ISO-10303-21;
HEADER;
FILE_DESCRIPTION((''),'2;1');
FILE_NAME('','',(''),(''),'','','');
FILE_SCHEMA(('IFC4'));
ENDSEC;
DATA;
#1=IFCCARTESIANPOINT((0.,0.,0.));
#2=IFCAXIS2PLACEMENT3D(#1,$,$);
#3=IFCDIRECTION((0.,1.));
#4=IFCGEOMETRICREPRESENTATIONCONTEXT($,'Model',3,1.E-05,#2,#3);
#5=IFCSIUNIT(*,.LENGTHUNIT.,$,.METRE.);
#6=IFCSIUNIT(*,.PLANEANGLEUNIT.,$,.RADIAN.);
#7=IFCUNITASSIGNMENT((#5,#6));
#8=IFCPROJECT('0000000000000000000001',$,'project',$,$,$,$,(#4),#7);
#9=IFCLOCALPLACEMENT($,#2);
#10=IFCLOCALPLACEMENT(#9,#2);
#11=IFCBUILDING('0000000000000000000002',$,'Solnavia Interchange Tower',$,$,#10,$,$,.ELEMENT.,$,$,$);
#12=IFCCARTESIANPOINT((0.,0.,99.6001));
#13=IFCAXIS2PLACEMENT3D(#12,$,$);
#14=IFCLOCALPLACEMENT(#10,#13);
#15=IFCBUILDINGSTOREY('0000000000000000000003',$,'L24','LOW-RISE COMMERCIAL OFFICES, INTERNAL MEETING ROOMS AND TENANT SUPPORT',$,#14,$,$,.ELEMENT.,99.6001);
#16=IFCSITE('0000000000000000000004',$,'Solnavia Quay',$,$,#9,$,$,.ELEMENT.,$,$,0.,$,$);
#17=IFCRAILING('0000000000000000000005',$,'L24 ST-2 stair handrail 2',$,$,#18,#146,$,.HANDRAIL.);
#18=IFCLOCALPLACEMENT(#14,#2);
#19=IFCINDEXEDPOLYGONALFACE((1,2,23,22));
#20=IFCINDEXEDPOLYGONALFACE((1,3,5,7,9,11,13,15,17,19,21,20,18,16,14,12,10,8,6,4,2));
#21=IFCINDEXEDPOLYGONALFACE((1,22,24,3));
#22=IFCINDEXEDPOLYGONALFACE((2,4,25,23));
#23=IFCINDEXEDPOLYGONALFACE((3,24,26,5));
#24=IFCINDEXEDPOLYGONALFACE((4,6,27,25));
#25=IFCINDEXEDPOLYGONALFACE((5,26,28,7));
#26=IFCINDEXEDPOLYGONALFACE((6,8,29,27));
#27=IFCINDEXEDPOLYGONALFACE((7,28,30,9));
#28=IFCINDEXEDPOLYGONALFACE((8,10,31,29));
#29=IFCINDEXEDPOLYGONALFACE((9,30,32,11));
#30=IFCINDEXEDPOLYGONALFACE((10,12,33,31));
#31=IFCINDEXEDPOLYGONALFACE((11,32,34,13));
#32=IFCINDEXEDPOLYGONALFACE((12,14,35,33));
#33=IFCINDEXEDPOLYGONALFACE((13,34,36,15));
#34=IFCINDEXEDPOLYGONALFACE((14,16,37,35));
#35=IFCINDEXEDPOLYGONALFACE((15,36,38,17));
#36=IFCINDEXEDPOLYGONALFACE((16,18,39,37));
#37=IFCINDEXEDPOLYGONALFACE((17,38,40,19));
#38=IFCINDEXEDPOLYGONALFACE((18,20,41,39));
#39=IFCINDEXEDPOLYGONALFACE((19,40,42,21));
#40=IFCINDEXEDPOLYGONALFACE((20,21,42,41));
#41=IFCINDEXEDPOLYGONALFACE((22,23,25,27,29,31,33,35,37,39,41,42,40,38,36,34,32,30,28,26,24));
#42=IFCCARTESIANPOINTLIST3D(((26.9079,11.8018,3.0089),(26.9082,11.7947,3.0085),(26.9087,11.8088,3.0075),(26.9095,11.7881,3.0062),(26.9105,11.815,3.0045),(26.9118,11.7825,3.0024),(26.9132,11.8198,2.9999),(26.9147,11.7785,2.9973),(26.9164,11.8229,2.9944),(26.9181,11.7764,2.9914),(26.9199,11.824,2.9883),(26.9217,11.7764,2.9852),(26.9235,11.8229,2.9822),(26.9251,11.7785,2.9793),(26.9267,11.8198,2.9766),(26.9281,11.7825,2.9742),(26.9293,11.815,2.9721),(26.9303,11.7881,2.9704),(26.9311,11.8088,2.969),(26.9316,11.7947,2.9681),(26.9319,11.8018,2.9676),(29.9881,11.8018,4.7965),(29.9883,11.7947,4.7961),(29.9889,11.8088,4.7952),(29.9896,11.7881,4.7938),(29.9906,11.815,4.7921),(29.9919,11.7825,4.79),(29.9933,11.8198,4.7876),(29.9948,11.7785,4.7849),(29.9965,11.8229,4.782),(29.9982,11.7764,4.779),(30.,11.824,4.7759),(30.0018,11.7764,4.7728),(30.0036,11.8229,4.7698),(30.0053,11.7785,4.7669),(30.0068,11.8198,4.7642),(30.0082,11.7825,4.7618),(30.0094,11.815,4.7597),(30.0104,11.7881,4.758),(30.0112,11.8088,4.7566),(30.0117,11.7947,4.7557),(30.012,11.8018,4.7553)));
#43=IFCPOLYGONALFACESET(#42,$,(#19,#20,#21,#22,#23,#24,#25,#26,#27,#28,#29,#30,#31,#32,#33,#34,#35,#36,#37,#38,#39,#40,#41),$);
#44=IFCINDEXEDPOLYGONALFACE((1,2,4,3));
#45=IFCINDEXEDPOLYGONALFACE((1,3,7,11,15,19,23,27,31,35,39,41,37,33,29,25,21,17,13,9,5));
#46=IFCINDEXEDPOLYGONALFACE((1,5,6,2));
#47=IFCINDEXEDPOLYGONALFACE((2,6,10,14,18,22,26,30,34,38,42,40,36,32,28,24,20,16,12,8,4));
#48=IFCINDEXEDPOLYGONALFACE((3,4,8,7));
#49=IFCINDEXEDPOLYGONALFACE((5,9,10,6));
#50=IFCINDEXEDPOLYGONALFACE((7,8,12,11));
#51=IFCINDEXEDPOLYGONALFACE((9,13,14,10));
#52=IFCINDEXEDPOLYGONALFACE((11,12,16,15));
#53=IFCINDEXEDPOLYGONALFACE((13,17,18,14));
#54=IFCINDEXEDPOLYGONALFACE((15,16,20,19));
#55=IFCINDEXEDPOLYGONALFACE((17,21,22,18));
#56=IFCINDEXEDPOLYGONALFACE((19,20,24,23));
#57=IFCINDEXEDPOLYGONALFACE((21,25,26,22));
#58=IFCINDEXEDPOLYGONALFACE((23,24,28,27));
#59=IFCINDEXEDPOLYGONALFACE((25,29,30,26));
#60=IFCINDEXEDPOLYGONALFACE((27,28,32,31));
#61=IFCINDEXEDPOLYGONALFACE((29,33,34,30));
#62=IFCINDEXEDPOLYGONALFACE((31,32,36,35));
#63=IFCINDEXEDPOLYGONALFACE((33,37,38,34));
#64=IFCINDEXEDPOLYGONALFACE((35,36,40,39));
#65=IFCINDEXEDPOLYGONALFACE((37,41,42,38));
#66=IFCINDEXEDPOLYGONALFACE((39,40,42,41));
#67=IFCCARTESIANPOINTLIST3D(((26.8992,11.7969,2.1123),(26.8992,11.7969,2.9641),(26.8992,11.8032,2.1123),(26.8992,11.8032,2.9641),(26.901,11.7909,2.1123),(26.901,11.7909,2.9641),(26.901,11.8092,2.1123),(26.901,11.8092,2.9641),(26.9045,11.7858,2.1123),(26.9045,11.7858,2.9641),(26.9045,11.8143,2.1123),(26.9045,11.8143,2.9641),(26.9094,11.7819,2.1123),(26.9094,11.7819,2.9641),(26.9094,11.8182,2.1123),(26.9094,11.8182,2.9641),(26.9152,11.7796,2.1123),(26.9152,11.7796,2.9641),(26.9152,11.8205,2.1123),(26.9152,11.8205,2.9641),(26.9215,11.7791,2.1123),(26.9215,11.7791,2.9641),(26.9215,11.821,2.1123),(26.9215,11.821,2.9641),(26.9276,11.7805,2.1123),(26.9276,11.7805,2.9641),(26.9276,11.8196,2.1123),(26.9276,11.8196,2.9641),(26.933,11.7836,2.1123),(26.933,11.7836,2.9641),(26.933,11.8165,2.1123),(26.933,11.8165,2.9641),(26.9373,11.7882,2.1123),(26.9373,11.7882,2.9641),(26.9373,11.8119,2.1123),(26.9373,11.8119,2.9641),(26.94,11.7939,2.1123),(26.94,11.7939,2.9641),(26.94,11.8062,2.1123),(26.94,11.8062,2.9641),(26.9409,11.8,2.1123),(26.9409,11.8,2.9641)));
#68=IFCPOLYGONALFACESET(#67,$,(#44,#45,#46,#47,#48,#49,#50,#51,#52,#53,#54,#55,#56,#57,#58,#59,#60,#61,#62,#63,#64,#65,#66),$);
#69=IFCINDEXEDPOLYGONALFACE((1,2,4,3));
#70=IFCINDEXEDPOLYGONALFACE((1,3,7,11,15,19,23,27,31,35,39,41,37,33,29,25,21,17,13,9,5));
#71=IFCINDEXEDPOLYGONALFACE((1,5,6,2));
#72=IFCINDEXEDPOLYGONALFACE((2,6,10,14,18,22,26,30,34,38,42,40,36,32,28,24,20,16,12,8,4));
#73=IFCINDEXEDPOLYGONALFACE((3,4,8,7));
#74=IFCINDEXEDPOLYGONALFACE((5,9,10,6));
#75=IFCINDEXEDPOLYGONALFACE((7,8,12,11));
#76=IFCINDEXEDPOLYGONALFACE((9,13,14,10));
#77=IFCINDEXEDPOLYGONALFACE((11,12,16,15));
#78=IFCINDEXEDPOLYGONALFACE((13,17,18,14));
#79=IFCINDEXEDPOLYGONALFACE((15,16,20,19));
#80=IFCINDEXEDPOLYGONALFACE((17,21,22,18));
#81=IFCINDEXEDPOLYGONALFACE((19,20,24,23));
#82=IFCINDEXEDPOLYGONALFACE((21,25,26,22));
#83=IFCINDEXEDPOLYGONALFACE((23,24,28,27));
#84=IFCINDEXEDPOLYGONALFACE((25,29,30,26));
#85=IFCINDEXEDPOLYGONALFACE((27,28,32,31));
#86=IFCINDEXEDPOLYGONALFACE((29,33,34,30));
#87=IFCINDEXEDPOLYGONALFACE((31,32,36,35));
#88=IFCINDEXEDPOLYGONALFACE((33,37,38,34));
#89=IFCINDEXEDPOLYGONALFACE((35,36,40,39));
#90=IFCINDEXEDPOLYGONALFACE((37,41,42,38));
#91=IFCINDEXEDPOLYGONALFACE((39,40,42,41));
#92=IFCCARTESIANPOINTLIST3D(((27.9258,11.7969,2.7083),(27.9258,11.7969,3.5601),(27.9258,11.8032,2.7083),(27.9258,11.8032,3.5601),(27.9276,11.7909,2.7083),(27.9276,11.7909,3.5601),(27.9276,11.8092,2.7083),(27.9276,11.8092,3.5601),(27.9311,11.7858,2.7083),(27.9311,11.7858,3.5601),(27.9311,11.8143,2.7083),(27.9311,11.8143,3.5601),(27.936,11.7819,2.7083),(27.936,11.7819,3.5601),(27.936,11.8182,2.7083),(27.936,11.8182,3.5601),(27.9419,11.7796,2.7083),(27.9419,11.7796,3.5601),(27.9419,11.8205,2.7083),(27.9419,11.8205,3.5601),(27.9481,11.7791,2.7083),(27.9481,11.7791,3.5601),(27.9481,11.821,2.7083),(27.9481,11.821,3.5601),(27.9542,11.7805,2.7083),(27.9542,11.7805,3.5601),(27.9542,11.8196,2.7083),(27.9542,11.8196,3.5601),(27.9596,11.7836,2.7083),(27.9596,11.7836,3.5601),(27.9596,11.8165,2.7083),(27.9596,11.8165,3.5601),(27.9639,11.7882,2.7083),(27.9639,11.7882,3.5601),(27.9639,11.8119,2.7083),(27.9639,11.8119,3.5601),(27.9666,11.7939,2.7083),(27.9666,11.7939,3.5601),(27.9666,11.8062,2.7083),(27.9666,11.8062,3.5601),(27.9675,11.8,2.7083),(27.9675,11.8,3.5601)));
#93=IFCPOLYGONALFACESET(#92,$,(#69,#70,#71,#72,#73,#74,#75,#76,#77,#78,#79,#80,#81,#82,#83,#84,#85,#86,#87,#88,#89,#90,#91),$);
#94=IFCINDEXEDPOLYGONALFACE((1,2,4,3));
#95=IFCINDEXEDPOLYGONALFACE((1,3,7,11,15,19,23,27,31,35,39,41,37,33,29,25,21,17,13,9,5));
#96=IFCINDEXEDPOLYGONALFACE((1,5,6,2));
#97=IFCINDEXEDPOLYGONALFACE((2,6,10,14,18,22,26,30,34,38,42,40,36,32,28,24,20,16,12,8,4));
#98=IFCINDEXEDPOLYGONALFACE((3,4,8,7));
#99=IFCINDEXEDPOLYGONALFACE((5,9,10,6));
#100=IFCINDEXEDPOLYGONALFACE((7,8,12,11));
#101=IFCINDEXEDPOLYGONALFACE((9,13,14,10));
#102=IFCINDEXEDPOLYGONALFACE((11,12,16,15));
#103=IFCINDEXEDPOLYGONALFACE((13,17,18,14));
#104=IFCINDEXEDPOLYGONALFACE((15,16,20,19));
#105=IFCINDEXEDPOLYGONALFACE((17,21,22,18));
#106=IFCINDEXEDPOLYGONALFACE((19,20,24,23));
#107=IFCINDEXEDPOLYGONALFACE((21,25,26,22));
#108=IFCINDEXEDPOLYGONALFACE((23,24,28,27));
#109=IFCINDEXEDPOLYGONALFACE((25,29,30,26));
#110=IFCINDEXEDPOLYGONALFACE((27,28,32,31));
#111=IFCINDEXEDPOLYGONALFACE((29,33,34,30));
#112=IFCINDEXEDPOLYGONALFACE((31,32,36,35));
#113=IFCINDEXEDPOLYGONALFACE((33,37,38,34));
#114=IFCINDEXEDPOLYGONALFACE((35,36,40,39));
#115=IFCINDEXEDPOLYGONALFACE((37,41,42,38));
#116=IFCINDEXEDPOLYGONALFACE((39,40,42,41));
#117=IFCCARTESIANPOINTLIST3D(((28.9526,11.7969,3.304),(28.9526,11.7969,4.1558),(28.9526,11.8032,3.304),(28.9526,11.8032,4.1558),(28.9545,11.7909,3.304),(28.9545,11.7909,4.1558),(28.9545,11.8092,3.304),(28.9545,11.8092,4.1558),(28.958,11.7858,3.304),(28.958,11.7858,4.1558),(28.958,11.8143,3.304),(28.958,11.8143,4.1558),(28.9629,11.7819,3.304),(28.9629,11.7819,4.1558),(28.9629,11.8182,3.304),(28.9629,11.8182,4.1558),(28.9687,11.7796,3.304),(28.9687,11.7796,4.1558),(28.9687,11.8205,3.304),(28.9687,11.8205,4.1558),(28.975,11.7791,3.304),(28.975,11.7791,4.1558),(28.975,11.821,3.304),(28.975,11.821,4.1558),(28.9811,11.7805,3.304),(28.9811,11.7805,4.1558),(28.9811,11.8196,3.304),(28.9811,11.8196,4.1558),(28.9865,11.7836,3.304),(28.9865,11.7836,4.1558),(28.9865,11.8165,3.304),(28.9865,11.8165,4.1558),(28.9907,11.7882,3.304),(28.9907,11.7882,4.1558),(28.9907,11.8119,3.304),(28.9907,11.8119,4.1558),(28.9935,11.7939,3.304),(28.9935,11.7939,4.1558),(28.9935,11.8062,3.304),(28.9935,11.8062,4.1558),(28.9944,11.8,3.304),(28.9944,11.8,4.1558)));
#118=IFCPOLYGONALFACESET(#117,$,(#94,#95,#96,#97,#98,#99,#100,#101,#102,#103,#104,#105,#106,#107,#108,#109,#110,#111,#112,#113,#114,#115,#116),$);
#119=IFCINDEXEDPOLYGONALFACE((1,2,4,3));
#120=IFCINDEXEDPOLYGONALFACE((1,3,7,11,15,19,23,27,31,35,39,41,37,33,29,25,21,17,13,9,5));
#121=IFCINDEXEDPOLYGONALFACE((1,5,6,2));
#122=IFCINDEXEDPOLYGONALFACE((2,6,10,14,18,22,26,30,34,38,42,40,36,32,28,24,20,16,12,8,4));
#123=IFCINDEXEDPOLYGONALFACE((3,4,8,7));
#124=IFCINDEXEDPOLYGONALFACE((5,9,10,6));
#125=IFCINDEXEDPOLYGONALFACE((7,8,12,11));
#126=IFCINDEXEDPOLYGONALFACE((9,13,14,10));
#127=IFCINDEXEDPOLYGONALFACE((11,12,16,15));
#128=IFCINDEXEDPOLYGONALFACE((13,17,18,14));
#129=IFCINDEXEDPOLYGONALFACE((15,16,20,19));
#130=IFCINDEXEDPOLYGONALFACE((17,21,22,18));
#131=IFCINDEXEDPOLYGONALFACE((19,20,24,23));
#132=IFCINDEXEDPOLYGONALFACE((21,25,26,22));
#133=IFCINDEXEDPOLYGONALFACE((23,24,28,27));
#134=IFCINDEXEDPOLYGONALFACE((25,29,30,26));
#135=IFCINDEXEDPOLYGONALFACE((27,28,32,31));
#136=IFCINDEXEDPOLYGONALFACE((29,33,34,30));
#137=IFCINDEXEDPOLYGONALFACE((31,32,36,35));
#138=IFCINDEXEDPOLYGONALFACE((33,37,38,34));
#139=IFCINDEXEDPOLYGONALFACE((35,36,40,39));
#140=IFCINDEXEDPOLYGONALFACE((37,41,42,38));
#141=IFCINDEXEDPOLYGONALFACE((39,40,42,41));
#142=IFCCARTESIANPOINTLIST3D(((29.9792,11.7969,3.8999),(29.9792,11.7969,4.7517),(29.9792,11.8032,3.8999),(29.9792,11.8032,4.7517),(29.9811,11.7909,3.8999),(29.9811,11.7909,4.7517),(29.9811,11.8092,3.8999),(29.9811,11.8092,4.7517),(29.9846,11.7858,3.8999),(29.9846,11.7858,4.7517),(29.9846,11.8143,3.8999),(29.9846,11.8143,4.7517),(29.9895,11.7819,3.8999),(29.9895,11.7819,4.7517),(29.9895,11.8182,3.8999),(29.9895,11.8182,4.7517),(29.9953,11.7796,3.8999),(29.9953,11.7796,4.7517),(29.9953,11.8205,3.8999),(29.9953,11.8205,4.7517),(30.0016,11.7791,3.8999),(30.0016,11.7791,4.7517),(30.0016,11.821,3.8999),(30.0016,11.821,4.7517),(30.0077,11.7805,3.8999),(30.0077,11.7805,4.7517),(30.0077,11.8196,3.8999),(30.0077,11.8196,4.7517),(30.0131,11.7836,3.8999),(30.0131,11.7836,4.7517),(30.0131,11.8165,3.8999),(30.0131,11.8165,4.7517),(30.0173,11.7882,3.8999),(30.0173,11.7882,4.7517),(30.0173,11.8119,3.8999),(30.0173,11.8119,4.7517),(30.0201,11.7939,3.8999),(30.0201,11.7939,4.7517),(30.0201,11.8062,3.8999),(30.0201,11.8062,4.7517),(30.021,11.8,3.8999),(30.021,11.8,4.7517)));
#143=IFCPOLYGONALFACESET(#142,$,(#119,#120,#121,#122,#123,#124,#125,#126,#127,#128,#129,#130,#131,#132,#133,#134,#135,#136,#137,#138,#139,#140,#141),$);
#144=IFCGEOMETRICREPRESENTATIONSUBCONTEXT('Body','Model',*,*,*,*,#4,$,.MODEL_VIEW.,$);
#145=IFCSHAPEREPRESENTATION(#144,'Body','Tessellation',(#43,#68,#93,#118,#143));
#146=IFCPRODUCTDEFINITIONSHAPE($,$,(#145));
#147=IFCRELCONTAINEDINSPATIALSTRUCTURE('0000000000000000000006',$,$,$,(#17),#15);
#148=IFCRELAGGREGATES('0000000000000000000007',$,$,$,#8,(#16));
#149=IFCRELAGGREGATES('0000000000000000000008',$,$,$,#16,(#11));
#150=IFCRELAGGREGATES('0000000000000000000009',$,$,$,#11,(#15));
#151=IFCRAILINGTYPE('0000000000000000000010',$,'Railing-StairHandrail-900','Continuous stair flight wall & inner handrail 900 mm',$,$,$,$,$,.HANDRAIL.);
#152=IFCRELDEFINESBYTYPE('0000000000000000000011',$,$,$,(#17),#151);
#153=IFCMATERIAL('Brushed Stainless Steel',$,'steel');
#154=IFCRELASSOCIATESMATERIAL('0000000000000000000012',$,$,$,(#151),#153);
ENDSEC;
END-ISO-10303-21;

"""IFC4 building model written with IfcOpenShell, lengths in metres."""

from ifc_helpers import new_model, si_unit, direction, frame, origin, origin_2d, place, context, subcontext, project, spatial, circle, extrude, material, type_object, element, save


model = new_model("IFC4")

# Units and contexts
model_context = context("Model", 3, precision=1e-05, world=origin(), true_north=direction((0.0, 1.0)))
body_context = subcontext(model_context, "Body", "Model", "MODEL_VIEW")
ifc_project = project(units=[si_unit("LENGTHUNIT", "METRE"), si_unit("PLANEANGLEUNIT", "RADIAN")], contexts=[model_context])

# Site, building, storey
site_placement = place(None, origin())
site = spatial("IfcSite", under=ifc_project, at=site_placement, Name="Solnavia Quay", CompositionType="ELEMENT", RefElevation=0.0)
building_placement = place(site_placement, origin())
building = spatial("IfcBuilding", under=site, at=building_placement, Name="Solnavia Interchange Tower", CompositionType="ELEMENT")
storey_placement = place(building_placement, frame((0.0, 0.0, 99.6001)))
storey = spatial("IfcBuildingStorey", under=building, at=storey_placement, Name="L24", Description="LOW-RISE COMMERCIAL OFFICES, INTERNAL MEETING ROOMS AND TENANT SUPPORT", CompositionType="ELEMENT", Elevation=99.6001)

# Railing
ifc_material_1 = material(Name="Brushed Stainless Steel", Category="steel")
railing_type_1 = type_object("IfcRailingType", Name="Railing-StairHandrail-900", Description="Continuous stair flight wall & inner handrail 900 mm", PredefinedType="HANDRAIL", material=ifc_material_1)
railing_1_placement = place(storey_placement, frame((26.9199, 11.8, 2.1123)))
element("IfcRailing", 1, at=railing_1_placement, inside=storey, type_object=railing_type_1, Name="L24 ST-2 stair handrail 2", PredefinedType="HANDRAIL", context=body_context, shape_type="SweptSolid", body=[
    extrude(circle(Radius=0.0239, at=origin_2d()), frame((0.0, 0.0, 0.876), z_axis=(0.864891, 0.0, 0.50196), x_axis=(0.0, 1.0, 0.0)), (0.0, 0.0, 1.0), 3.5613),
    extrude(circle(Radius=0.021, at=origin_2d()), origin(), (0.0, 0.0, 1.0), 0.8518),
    extrude(circle(Radius=0.021, at=origin_2d()), frame((1.0266, 0.0, 0.5959)), (0.0, 0.0, 1.0), 0.8518),
    extrude(circle(Radius=0.021, at=origin_2d()), frame((2.0535, 0.0, 1.1917)), (0.0, 0.0, 1.0), 0.8518),
    extrude(circle(Radius=0.021, at=origin_2d()), frame((3.0801, 0.0, 1.7876)), (0.0, 0.0, 1.0), 0.8518),
])

save(model, "model.ifc")
